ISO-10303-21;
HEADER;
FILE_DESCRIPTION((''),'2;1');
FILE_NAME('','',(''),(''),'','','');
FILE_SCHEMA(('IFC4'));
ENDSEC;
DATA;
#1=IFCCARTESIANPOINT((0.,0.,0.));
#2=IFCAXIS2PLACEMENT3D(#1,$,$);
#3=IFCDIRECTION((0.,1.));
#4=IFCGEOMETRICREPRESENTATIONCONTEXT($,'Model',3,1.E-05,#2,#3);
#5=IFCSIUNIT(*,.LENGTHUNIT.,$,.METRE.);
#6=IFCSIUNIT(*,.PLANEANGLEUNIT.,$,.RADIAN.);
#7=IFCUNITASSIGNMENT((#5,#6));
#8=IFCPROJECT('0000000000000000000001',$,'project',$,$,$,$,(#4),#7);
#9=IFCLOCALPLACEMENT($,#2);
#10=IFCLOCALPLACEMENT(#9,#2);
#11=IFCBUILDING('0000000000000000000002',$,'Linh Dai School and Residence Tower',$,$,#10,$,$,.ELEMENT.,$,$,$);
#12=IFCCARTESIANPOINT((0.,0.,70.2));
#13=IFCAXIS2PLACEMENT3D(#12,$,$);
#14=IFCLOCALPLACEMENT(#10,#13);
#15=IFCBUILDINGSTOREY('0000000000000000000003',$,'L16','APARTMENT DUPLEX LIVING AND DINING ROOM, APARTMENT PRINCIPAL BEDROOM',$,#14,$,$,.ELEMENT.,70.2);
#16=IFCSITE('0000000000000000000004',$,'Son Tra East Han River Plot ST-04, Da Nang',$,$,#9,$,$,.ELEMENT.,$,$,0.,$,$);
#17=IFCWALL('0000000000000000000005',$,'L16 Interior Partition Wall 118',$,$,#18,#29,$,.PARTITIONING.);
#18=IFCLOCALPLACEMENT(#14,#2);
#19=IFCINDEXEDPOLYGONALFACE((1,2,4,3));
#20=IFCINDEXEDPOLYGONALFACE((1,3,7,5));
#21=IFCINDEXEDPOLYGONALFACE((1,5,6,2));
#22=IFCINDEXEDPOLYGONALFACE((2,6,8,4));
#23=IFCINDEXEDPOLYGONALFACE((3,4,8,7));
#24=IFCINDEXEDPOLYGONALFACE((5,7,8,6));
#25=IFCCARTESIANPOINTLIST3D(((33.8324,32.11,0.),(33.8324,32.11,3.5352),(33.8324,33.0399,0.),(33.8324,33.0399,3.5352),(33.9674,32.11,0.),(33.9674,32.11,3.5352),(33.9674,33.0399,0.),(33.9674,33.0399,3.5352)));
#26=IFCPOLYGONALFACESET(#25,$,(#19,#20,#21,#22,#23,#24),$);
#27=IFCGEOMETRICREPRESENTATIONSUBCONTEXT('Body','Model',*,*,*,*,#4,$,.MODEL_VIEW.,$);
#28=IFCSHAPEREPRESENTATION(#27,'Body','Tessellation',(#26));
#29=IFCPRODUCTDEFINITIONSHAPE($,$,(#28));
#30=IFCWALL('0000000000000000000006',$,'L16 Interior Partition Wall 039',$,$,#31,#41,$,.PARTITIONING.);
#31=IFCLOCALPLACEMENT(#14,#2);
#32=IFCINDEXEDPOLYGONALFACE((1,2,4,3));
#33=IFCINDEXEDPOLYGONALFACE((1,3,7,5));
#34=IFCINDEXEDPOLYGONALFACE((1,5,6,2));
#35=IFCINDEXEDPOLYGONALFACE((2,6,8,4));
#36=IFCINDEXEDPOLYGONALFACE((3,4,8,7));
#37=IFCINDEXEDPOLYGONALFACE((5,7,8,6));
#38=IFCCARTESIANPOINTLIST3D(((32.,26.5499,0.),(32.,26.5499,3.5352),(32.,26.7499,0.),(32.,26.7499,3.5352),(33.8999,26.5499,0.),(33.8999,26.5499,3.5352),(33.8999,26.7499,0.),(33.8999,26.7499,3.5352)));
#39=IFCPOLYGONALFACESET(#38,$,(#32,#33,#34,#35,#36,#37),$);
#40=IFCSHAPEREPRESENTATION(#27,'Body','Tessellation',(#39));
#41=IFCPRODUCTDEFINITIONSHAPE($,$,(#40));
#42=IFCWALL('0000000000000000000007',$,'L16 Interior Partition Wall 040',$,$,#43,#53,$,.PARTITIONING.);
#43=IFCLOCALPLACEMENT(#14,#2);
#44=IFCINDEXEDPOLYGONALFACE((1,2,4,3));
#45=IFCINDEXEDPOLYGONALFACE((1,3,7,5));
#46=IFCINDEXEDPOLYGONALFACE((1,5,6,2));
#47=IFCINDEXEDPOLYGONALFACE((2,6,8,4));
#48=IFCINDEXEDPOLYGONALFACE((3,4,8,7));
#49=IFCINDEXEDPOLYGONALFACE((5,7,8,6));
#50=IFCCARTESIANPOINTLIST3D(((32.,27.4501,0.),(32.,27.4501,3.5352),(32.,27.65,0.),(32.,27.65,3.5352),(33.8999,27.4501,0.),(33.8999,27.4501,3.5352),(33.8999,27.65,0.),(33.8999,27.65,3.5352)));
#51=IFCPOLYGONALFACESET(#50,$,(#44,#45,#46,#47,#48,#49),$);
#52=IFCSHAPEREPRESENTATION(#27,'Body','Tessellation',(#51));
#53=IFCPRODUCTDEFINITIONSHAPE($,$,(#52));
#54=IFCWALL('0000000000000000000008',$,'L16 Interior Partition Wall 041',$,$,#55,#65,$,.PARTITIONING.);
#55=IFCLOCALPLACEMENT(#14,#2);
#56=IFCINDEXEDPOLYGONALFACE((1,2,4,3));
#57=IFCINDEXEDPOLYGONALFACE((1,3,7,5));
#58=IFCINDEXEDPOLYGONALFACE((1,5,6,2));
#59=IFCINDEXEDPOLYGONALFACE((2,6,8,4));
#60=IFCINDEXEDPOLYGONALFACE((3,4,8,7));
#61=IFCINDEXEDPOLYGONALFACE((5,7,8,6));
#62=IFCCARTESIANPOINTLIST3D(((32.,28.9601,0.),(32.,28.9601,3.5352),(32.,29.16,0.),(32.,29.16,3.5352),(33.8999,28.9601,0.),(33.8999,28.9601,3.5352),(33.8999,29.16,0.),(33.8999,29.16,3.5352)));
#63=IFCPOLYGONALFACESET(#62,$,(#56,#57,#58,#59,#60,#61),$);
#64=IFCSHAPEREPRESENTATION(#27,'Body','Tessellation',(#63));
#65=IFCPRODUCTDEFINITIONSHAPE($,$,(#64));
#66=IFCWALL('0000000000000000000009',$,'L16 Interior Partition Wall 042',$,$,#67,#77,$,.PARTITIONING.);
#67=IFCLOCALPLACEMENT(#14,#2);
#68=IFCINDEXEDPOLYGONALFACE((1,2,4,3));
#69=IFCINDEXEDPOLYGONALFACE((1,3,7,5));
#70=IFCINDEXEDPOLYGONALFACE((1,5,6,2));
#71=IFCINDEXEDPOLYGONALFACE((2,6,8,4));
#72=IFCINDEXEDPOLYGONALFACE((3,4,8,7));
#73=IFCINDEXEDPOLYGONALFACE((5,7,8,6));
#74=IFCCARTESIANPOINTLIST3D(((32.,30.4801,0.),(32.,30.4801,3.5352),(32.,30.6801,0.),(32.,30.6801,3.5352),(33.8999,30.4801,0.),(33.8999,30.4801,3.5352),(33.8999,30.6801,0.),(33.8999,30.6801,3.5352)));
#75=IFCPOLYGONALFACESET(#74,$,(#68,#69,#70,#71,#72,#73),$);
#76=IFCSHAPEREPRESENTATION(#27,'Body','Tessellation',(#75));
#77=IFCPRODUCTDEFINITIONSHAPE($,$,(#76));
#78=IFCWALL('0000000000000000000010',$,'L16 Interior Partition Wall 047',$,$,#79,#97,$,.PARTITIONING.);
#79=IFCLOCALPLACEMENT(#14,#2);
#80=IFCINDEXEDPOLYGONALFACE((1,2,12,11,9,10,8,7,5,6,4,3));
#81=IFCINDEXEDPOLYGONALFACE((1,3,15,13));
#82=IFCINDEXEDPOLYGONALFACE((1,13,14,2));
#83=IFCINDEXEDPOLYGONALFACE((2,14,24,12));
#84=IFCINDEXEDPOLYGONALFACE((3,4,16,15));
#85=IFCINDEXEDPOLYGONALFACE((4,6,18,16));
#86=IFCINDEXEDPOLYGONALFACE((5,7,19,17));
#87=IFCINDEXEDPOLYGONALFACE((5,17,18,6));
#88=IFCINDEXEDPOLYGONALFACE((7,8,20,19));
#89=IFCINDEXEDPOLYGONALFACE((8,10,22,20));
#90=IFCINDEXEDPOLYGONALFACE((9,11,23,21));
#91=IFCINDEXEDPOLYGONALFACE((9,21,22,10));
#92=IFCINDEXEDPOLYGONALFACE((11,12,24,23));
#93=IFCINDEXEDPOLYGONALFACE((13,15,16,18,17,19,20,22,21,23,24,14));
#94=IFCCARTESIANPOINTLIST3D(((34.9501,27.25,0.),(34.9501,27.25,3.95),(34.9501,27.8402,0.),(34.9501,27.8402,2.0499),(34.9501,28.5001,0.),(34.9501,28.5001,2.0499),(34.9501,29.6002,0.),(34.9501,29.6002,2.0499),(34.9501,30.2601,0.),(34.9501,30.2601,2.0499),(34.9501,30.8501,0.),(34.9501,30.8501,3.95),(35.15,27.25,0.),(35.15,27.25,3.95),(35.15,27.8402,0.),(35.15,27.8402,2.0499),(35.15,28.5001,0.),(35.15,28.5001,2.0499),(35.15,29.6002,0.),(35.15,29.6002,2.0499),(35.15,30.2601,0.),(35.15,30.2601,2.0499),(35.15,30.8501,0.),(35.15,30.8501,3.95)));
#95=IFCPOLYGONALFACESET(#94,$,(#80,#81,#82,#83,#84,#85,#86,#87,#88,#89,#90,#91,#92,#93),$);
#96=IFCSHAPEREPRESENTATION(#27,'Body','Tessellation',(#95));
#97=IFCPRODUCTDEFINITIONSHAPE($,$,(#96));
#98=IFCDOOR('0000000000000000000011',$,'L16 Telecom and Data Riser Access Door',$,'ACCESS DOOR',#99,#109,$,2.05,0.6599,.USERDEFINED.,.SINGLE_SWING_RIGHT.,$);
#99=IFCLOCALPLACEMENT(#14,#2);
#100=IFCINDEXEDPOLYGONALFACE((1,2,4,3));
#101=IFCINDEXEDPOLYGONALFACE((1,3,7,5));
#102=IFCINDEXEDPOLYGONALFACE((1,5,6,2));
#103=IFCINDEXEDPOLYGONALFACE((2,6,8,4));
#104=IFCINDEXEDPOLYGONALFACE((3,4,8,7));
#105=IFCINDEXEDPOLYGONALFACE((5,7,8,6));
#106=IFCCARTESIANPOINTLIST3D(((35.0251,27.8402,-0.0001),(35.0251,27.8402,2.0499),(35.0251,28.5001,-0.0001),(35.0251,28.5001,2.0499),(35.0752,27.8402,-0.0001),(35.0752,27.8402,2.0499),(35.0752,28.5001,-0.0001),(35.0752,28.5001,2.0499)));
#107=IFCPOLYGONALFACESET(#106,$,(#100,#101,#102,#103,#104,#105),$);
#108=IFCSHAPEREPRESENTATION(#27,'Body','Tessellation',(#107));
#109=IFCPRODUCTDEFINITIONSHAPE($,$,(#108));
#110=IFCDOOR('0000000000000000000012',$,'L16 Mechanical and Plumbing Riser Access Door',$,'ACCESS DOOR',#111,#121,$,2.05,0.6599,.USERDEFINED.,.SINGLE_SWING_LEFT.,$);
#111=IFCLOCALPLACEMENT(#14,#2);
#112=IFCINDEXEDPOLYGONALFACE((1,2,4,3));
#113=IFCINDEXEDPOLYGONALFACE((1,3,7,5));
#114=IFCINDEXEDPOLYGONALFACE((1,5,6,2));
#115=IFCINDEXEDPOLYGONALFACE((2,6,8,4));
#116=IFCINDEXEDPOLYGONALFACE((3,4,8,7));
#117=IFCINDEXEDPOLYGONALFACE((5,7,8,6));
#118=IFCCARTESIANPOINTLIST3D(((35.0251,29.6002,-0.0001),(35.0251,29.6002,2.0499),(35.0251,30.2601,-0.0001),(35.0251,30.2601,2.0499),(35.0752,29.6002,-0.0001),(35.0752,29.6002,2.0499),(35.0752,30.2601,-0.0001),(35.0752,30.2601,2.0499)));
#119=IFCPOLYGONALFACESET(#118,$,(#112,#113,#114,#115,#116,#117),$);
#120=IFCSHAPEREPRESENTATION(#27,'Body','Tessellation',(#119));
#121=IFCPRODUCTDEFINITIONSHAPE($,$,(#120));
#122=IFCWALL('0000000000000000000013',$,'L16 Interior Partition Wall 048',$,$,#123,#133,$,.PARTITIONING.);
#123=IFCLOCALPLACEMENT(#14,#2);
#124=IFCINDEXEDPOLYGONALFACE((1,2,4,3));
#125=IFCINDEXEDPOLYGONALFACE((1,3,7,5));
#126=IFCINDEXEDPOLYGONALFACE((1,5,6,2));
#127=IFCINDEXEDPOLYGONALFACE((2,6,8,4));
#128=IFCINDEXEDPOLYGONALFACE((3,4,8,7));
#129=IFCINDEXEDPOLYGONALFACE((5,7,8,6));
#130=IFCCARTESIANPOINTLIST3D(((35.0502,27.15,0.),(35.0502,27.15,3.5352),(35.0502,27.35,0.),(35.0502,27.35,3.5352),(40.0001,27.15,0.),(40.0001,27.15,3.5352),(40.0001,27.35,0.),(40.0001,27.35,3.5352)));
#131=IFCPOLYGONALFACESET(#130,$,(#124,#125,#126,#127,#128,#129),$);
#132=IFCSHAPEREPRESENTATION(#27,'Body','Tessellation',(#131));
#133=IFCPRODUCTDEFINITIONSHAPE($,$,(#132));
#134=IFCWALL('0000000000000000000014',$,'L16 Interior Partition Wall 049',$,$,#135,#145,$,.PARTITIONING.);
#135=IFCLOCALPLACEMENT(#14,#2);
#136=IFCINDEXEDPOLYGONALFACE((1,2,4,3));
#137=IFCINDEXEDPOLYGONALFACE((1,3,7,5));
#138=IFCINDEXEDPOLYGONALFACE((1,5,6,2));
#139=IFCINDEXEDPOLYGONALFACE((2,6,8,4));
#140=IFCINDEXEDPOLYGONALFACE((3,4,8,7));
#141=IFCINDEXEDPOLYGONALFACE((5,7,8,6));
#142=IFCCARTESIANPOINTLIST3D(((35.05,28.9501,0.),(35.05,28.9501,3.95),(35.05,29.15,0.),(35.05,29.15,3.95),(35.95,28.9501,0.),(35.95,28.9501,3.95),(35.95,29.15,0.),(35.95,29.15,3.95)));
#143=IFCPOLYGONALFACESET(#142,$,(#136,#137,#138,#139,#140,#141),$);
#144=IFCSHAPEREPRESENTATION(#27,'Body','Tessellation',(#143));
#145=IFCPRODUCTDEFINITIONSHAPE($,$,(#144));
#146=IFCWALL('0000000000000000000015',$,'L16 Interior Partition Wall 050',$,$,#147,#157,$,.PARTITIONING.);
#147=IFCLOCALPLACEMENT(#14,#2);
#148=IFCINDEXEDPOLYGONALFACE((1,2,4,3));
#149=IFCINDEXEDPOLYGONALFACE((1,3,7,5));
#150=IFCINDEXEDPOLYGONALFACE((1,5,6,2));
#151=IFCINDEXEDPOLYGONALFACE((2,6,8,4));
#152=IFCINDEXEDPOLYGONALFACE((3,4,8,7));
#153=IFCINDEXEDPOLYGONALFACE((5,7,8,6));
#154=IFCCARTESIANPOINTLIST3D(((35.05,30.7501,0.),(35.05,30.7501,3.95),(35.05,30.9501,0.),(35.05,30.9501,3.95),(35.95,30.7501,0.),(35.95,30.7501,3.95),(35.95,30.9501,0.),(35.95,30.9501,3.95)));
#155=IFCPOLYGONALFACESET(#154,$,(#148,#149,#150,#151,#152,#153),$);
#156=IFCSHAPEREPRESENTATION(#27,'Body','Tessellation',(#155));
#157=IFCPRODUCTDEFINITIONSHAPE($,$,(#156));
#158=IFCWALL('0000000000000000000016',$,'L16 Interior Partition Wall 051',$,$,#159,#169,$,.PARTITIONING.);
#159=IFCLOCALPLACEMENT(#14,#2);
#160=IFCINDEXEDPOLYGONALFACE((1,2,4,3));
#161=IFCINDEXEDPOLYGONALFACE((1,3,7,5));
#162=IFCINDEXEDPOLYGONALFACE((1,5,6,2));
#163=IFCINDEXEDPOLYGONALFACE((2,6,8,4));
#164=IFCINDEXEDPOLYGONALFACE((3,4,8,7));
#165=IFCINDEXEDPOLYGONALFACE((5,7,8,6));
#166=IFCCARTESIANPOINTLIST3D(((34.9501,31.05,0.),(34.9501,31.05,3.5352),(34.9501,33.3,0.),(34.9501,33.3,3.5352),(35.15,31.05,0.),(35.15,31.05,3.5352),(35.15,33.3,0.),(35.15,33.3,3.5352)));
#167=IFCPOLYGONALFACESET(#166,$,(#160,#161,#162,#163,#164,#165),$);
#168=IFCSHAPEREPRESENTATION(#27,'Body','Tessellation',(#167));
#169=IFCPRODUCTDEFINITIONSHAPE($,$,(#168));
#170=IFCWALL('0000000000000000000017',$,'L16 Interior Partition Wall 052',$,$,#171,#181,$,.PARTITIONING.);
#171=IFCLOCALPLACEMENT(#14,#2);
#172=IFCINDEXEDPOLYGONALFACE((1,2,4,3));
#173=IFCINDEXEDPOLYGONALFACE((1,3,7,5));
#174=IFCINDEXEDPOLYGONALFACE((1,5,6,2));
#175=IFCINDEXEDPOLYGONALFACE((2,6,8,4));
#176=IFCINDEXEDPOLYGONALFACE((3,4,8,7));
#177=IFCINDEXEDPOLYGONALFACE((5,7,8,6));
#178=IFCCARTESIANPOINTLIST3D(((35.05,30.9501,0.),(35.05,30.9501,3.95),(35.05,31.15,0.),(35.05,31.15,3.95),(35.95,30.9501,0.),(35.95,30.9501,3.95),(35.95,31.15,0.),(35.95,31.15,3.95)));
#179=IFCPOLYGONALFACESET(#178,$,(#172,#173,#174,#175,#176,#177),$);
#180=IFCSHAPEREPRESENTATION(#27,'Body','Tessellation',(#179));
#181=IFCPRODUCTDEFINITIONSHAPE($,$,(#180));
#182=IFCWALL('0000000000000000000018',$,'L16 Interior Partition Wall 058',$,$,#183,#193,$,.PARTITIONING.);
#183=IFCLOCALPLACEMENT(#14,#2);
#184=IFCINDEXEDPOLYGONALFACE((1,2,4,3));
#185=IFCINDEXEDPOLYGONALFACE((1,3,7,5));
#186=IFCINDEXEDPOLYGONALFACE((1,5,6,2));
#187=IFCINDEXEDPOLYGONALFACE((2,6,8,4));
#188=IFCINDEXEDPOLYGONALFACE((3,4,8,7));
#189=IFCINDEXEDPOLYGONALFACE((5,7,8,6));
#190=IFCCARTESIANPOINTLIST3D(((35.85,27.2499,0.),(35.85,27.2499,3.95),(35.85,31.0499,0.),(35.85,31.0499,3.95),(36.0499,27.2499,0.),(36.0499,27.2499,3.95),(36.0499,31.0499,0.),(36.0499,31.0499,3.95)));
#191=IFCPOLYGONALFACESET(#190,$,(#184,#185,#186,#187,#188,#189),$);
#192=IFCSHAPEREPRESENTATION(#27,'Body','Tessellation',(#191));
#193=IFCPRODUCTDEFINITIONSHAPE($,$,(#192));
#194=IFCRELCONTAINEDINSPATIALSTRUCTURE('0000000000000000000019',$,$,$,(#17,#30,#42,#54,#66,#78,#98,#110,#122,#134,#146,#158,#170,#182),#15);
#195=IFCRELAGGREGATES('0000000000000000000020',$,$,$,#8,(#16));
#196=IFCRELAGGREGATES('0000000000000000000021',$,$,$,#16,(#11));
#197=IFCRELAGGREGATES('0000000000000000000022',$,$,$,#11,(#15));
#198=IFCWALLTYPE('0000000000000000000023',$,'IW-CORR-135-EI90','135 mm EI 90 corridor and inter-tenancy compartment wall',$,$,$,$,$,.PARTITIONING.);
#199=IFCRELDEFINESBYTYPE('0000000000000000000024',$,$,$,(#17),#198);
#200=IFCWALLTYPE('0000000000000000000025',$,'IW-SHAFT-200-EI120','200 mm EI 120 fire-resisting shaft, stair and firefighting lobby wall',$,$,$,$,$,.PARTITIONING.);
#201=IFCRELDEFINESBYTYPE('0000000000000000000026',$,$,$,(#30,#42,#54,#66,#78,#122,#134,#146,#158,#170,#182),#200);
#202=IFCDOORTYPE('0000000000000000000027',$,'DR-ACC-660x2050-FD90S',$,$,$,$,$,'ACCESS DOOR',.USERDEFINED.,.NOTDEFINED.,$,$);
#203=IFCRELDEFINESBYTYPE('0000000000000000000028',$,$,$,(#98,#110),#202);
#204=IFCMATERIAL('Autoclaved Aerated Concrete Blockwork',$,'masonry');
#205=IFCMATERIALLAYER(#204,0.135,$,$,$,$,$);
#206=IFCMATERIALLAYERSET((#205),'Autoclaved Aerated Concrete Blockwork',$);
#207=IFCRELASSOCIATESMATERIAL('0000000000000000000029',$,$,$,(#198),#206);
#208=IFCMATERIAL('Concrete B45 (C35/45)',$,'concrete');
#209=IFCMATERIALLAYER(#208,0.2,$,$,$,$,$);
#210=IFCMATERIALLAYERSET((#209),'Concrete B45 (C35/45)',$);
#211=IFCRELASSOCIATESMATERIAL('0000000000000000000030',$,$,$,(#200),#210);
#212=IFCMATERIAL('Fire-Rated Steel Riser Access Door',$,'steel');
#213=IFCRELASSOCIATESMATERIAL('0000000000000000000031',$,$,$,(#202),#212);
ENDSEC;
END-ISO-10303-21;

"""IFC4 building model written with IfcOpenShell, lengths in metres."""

from ifc_helpers import new_model, si_unit, direction, frame, frame_2d, origin, origin_2d, place, context, subcontext, project, spatial, rectangle, extrude, source, transform, mapped, material, layer, layer_set, type_object, element, fill, save


model = new_model("IFC4")

# Units and contexts
model_context = context("Model", 3, precision=1e-05, world=origin(), true_north=direction((0.0, 1.0)))
body_context = subcontext(model_context, "Body", "Model", "MODEL_VIEW")
ifc_project = project(units=[si_unit("LENGTHUNIT", "METRE"), si_unit("PLANEANGLEUNIT", "RADIAN")], contexts=[model_context])

# Site, building, storey
site_placement = place(None, origin())
site = spatial("IfcSite", under=ifc_project, at=site_placement, Name="Son Tra East Han River Plot ST-04, Da Nang", CompositionType="ELEMENT", RefElevation=0.0)
building_placement = place(site_placement, origin())
building = spatial("IfcBuilding", under=site, at=building_placement, Name="Linh Dai School and Residence Tower", CompositionType="ELEMENT")
storey_placement = place(building_placement, frame((0.0, 0.0, 70.2)))
storey = spatial("IfcBuildingStorey", under=building, at=storey_placement, Name="L16", Description="APARTMENT DUPLEX LIVING AND DINING ROOM, APARTMENT PRINCIPAL BEDROOM", CompositionType="ELEMENT", Elevation=70.2)

# Walls
ifc_material_1 = material(Name="Autoclaved Aerated Concrete Blockwork", Category="masonry")
ifc_layer_1 = layer(ifc_material_1, 0.135)
ifc_layer_set_1 = layer_set([ifc_layer_1], Name="Autoclaved Aerated Concrete Blockwork")
wall_type_1 = type_object("IfcWallType", Name="IW-CORR-135-EI90", Description="135 mm EI 90 corridor and inter-tenancy compartment wall", PredefinedType="PARTITIONING", material=ifc_layer_set_1)
wall_1_placement = place(storey_placement, frame((33.8999, 32.1101, 0.0), z_axis=(0.0, 0.0, 1.0), x_axis=(0.0, 1.0, 0.0)))
element("IfcWall", 1, at=wall_1_placement, inside=storey, type_object=wall_type_1, Name="L16 Interior Partition Wall 118", PredefinedType="PARTITIONING", context=body_context, shape_type="SweptSolid", body=[
    extrude(rectangle(XDim=0.9299, YDim=0.135, at=frame_2d((0.4648, 0.0))), origin(), (0.0, 0.0, 1.0), 3.5352),
])
ifc_material_2 = material(Name="Concrete B45 (C35/45)", Category="concrete")
ifc_layer_2 = layer(ifc_material_2, 0.2)
ifc_layer_set_2 = layer_set([ifc_layer_2], Name="Concrete B45 (C35/45)")
wall_type_2 = type_object("IfcWallType", Name="IW-SHAFT-200-EI120", Description="200 mm EI 120 fire-resisting shaft, stair and firefighting lobby wall", PredefinedType="PARTITIONING", material=ifc_layer_set_2)
for number, where, z_axis, x_axis, name in (
    (2, (32.0, 26.6499, 0.0), (0.0, 0.0, 1.0), (1.0, 0.0, 0.0), "L16 Interior Partition Wall 039"),
    (3, (32.0, 27.55, 0.0), (0.0, 0.0, 1.0), (1.0, 0.0, 0.0), "L16 Interior Partition Wall 040"),
    (4, (32.0, 29.0601, 0.0), (0.0, 0.0, 1.0), (1.0, 0.0, 0.0), "L16 Interior Partition Wall 041"),
    (5, (32.0, 30.5801, 0.0), (0.0, 0.0, 1.0), (1.0, 0.0, 0.0), "L16 Interior Partition Wall 042"),
):
    element("IfcWall", number, at=place(storey_placement, frame(where, z_axis=z_axis, x_axis=x_axis)), inside=storey, type_object=wall_type_2, Name=name, PredefinedType="PARTITIONING", context=body_context, shape_type="SweptSolid", body=[
        extrude(rectangle(XDim=1.8999, YDim=0.2, at=frame_2d((0.95, 0.0))), origin(), (0.0, 0.0, 1.0), 3.5352),
    ])

# Wall, openings, doors
wall_2_placement = place(storey_placement, frame((35.05, 27.25, 0.0), z_axis=(0.0, 0.0, 1.0), x_axis=(0.0, 1.0, 0.0)))
wall_2 = element("IfcWall", 6, at=wall_2_placement, inside=storey, type_object=wall_type_2, Name="L16 Interior Partition Wall 047", PredefinedType="PARTITIONING", context=body_context, shape_type="SweptSolid", body=[
    extrude(rectangle(XDim=3.6001, YDim=0.2, at=frame_2d((1.8, 0.0))), origin(), (0.0, 0.0, 1.0), 3.95),
])
opening_1_placement = place(wall_2_placement, frame((0.5901, 0.0, 0.0)))
opening_1 = element("IfcOpeningElement", 7, at=opening_1_placement, cuts=wall_2, PredefinedType="OPENING", context=body_context, shape_type="SweptSolid", body=[
    extrude(rectangle(XDim=0.6599, YDim=2.05, at=origin_2d()), frame((0.3301, 0.1099, 1.0249), z_axis=(0.0, -1.0, 0.0), x_axis=(1.0, 0.0, 0.0)), (0.0, 0.0, 1.0), 0.22),
])
opening_2_placement = place(wall_2_placement, frame((2.3501, 0.0, 0.0)))
opening_2 = element("IfcOpeningElement", 8, at=opening_2_placement, cuts=wall_2, PredefinedType="OPENING", context=body_context, shape_type="SweptSolid", body=[
    extrude(rectangle(XDim=0.6599, YDim=2.05, at=origin_2d()), frame((0.3301, 0.1099, 1.0249), z_axis=(0.0, -1.0, 0.0), x_axis=(1.0, 0.0, 0.0)), (0.0, 0.0, 1.0), 0.22),
])
ifc_material_3 = material(Name="Fire-Rated Steel Riser Access Door", Category="steel")
door_type_1 = type_object("IfcDoorType", Name="DR-ACC-660x2050-FD90S", ElementType="ACCESS DOOR", OperationType="NOTDEFINED", PredefinedType="USERDEFINED", material=ifc_material_3)
shared_shape_1 = source(origin(), body_context, "Body", "SweptSolid", [
    extrude(rectangle(XDim=0.6599, YDim=2.05, at=origin_2d()), frame((0.3301, 0.0249, 1.0249), z_axis=(0.0, -1.0, 0.0), x_axis=(1.0, 0.0, 0.0)), (0.0, 0.0, 1.0), 0.05),
])
door_1_placement = place(opening_1_placement, origin())
door_1 = element("IfcDoor", 9, at=door_1_placement, inside=storey, type_object=door_type_1, Name="L16 Telecom and Data Riser Access Door", ObjectType="ACCESS DOOR", OperationType="SINGLE_SWING_RIGHT", OverallHeight=2.05, OverallWidth=0.6599, PredefinedType="USERDEFINED", context=body_context, shape_type="MappedRepresentation", body=[
    mapped(shared_shape_1, transform((0.0, 0.0, 0.0), x_axis=(1.0, 0.0, 0.0), y_axis=(0.0, 1.0, 0.0), z_axis=(0.0, 0.0, 1.0), scale=1.0)),
])
fill(opening_1, door_1)
door_2_placement = place(opening_2_placement, origin())
door_2 = element("IfcDoor", 10, at=door_2_placement, inside=storey, type_object=door_type_1, Name="L16 Mechanical and Plumbing Riser Access Door", ObjectType="ACCESS DOOR", OperationType="SINGLE_SWING_LEFT", OverallHeight=2.05, OverallWidth=0.6599, PredefinedType="USERDEFINED", context=body_context, shape_type="MappedRepresentation", body=[
    mapped(shared_shape_1, transform((0.0, 0.0, 0.0), x_axis=(1.0, 0.0, 0.0), y_axis=(0.0, 1.0, 0.0), z_axis=(0.0, 0.0, 1.0), scale=1.0)),
])
fill(opening_2, door_2)

# Walls
wall_3_placement = place(storey_placement, frame((35.05, 27.25, 0.0), z_axis=(0.0, 0.0, 1.0), x_axis=(1.0, 0.0, 0.0)))
element("IfcWall", 11, at=wall_3_placement, inside=storey, type_object=wall_type_2, Name="L16 Interior Partition Wall 048", PredefinedType="PARTITIONING", context=body_context, shape_type="SweptSolid", body=[
    extrude(rectangle(XDim=4.95, YDim=0.2, at=frame_2d((2.4751, 0.0))), origin(), (0.0, 0.0, 1.0), 3.5352),
])
for number, where, z_axis, x_axis, name in (
    (12, (35.05, 29.05, 0.0), (0.0, 0.0, 1.0), (1.0, 0.0, 0.0), "L16 Interior Partition Wall 049"),
    (13, (35.05, 30.8501, 0.0), (0.0, 0.0, 1.0), (1.0, 0.0, 0.0), "L16 Interior Partition Wall 050"),
):
    element("IfcWall", number, at=place(storey_placement, frame(where, z_axis=z_axis, x_axis=x_axis)), inside=storey, type_object=wall_type_2, Name=name, PredefinedType="PARTITIONING", context=body_context, shape_type="SweptSolid", body=[
        extrude(rectangle(XDim=0.8999, YDim=0.2, at=frame_2d((0.45, 0.0))), origin(), (0.0, 0.0, 1.0), 3.95),
    ])
wall_4_placement = place(storey_placement, frame((35.05, 31.05, 0.0), z_axis=(0.0, 0.0, 1.0), x_axis=(0.0, 1.0, 0.0)))
element("IfcWall", 14, at=wall_4_placement, inside=storey, type_object=wall_type_2, Name="L16 Interior Partition Wall 051", PredefinedType="PARTITIONING", context=body_context, shape_type="SweptSolid", body=[
    extrude(rectangle(XDim=2.25, YDim=0.2, at=frame_2d((1.125, 0.0))), origin(), (0.0, 0.0, 1.0), 3.5352),
])
wall_5_placement = place(storey_placement, frame((35.05, 31.05, 0.0), z_axis=(0.0, 0.0, 1.0), x_axis=(1.0, 0.0, 0.0)))
element("IfcWall", 15, at=wall_5_placement, inside=storey, type_object=wall_type_2, Name="L16 Interior Partition Wall 052", PredefinedType="PARTITIONING", context=body_context, shape_type="SweptSolid", body=[
    extrude(rectangle(XDim=0.8999, YDim=0.2, at=frame_2d((0.45, 0.0))), origin(), (0.0, 0.0, 1.0), 3.95),
])
wall_6_placement = place(storey_placement, frame((35.95, 27.25, 0.0), z_axis=(0.0, 0.0, 1.0), x_axis=(0.0, 1.0, 0.0)))
element("IfcWall", 16, at=wall_6_placement, inside=storey, type_object=wall_type_2, Name="L16 Interior Partition Wall 058", PredefinedType="PARTITIONING", context=body_context, shape_type="SweptSolid", body=[
    extrude(rectangle(XDim=3.8, YDim=0.2, at=frame_2d((1.8999, 0.0))), origin(), (0.0, 0.0, 1.0), 3.95),
])

save(model, "model.ifc")
